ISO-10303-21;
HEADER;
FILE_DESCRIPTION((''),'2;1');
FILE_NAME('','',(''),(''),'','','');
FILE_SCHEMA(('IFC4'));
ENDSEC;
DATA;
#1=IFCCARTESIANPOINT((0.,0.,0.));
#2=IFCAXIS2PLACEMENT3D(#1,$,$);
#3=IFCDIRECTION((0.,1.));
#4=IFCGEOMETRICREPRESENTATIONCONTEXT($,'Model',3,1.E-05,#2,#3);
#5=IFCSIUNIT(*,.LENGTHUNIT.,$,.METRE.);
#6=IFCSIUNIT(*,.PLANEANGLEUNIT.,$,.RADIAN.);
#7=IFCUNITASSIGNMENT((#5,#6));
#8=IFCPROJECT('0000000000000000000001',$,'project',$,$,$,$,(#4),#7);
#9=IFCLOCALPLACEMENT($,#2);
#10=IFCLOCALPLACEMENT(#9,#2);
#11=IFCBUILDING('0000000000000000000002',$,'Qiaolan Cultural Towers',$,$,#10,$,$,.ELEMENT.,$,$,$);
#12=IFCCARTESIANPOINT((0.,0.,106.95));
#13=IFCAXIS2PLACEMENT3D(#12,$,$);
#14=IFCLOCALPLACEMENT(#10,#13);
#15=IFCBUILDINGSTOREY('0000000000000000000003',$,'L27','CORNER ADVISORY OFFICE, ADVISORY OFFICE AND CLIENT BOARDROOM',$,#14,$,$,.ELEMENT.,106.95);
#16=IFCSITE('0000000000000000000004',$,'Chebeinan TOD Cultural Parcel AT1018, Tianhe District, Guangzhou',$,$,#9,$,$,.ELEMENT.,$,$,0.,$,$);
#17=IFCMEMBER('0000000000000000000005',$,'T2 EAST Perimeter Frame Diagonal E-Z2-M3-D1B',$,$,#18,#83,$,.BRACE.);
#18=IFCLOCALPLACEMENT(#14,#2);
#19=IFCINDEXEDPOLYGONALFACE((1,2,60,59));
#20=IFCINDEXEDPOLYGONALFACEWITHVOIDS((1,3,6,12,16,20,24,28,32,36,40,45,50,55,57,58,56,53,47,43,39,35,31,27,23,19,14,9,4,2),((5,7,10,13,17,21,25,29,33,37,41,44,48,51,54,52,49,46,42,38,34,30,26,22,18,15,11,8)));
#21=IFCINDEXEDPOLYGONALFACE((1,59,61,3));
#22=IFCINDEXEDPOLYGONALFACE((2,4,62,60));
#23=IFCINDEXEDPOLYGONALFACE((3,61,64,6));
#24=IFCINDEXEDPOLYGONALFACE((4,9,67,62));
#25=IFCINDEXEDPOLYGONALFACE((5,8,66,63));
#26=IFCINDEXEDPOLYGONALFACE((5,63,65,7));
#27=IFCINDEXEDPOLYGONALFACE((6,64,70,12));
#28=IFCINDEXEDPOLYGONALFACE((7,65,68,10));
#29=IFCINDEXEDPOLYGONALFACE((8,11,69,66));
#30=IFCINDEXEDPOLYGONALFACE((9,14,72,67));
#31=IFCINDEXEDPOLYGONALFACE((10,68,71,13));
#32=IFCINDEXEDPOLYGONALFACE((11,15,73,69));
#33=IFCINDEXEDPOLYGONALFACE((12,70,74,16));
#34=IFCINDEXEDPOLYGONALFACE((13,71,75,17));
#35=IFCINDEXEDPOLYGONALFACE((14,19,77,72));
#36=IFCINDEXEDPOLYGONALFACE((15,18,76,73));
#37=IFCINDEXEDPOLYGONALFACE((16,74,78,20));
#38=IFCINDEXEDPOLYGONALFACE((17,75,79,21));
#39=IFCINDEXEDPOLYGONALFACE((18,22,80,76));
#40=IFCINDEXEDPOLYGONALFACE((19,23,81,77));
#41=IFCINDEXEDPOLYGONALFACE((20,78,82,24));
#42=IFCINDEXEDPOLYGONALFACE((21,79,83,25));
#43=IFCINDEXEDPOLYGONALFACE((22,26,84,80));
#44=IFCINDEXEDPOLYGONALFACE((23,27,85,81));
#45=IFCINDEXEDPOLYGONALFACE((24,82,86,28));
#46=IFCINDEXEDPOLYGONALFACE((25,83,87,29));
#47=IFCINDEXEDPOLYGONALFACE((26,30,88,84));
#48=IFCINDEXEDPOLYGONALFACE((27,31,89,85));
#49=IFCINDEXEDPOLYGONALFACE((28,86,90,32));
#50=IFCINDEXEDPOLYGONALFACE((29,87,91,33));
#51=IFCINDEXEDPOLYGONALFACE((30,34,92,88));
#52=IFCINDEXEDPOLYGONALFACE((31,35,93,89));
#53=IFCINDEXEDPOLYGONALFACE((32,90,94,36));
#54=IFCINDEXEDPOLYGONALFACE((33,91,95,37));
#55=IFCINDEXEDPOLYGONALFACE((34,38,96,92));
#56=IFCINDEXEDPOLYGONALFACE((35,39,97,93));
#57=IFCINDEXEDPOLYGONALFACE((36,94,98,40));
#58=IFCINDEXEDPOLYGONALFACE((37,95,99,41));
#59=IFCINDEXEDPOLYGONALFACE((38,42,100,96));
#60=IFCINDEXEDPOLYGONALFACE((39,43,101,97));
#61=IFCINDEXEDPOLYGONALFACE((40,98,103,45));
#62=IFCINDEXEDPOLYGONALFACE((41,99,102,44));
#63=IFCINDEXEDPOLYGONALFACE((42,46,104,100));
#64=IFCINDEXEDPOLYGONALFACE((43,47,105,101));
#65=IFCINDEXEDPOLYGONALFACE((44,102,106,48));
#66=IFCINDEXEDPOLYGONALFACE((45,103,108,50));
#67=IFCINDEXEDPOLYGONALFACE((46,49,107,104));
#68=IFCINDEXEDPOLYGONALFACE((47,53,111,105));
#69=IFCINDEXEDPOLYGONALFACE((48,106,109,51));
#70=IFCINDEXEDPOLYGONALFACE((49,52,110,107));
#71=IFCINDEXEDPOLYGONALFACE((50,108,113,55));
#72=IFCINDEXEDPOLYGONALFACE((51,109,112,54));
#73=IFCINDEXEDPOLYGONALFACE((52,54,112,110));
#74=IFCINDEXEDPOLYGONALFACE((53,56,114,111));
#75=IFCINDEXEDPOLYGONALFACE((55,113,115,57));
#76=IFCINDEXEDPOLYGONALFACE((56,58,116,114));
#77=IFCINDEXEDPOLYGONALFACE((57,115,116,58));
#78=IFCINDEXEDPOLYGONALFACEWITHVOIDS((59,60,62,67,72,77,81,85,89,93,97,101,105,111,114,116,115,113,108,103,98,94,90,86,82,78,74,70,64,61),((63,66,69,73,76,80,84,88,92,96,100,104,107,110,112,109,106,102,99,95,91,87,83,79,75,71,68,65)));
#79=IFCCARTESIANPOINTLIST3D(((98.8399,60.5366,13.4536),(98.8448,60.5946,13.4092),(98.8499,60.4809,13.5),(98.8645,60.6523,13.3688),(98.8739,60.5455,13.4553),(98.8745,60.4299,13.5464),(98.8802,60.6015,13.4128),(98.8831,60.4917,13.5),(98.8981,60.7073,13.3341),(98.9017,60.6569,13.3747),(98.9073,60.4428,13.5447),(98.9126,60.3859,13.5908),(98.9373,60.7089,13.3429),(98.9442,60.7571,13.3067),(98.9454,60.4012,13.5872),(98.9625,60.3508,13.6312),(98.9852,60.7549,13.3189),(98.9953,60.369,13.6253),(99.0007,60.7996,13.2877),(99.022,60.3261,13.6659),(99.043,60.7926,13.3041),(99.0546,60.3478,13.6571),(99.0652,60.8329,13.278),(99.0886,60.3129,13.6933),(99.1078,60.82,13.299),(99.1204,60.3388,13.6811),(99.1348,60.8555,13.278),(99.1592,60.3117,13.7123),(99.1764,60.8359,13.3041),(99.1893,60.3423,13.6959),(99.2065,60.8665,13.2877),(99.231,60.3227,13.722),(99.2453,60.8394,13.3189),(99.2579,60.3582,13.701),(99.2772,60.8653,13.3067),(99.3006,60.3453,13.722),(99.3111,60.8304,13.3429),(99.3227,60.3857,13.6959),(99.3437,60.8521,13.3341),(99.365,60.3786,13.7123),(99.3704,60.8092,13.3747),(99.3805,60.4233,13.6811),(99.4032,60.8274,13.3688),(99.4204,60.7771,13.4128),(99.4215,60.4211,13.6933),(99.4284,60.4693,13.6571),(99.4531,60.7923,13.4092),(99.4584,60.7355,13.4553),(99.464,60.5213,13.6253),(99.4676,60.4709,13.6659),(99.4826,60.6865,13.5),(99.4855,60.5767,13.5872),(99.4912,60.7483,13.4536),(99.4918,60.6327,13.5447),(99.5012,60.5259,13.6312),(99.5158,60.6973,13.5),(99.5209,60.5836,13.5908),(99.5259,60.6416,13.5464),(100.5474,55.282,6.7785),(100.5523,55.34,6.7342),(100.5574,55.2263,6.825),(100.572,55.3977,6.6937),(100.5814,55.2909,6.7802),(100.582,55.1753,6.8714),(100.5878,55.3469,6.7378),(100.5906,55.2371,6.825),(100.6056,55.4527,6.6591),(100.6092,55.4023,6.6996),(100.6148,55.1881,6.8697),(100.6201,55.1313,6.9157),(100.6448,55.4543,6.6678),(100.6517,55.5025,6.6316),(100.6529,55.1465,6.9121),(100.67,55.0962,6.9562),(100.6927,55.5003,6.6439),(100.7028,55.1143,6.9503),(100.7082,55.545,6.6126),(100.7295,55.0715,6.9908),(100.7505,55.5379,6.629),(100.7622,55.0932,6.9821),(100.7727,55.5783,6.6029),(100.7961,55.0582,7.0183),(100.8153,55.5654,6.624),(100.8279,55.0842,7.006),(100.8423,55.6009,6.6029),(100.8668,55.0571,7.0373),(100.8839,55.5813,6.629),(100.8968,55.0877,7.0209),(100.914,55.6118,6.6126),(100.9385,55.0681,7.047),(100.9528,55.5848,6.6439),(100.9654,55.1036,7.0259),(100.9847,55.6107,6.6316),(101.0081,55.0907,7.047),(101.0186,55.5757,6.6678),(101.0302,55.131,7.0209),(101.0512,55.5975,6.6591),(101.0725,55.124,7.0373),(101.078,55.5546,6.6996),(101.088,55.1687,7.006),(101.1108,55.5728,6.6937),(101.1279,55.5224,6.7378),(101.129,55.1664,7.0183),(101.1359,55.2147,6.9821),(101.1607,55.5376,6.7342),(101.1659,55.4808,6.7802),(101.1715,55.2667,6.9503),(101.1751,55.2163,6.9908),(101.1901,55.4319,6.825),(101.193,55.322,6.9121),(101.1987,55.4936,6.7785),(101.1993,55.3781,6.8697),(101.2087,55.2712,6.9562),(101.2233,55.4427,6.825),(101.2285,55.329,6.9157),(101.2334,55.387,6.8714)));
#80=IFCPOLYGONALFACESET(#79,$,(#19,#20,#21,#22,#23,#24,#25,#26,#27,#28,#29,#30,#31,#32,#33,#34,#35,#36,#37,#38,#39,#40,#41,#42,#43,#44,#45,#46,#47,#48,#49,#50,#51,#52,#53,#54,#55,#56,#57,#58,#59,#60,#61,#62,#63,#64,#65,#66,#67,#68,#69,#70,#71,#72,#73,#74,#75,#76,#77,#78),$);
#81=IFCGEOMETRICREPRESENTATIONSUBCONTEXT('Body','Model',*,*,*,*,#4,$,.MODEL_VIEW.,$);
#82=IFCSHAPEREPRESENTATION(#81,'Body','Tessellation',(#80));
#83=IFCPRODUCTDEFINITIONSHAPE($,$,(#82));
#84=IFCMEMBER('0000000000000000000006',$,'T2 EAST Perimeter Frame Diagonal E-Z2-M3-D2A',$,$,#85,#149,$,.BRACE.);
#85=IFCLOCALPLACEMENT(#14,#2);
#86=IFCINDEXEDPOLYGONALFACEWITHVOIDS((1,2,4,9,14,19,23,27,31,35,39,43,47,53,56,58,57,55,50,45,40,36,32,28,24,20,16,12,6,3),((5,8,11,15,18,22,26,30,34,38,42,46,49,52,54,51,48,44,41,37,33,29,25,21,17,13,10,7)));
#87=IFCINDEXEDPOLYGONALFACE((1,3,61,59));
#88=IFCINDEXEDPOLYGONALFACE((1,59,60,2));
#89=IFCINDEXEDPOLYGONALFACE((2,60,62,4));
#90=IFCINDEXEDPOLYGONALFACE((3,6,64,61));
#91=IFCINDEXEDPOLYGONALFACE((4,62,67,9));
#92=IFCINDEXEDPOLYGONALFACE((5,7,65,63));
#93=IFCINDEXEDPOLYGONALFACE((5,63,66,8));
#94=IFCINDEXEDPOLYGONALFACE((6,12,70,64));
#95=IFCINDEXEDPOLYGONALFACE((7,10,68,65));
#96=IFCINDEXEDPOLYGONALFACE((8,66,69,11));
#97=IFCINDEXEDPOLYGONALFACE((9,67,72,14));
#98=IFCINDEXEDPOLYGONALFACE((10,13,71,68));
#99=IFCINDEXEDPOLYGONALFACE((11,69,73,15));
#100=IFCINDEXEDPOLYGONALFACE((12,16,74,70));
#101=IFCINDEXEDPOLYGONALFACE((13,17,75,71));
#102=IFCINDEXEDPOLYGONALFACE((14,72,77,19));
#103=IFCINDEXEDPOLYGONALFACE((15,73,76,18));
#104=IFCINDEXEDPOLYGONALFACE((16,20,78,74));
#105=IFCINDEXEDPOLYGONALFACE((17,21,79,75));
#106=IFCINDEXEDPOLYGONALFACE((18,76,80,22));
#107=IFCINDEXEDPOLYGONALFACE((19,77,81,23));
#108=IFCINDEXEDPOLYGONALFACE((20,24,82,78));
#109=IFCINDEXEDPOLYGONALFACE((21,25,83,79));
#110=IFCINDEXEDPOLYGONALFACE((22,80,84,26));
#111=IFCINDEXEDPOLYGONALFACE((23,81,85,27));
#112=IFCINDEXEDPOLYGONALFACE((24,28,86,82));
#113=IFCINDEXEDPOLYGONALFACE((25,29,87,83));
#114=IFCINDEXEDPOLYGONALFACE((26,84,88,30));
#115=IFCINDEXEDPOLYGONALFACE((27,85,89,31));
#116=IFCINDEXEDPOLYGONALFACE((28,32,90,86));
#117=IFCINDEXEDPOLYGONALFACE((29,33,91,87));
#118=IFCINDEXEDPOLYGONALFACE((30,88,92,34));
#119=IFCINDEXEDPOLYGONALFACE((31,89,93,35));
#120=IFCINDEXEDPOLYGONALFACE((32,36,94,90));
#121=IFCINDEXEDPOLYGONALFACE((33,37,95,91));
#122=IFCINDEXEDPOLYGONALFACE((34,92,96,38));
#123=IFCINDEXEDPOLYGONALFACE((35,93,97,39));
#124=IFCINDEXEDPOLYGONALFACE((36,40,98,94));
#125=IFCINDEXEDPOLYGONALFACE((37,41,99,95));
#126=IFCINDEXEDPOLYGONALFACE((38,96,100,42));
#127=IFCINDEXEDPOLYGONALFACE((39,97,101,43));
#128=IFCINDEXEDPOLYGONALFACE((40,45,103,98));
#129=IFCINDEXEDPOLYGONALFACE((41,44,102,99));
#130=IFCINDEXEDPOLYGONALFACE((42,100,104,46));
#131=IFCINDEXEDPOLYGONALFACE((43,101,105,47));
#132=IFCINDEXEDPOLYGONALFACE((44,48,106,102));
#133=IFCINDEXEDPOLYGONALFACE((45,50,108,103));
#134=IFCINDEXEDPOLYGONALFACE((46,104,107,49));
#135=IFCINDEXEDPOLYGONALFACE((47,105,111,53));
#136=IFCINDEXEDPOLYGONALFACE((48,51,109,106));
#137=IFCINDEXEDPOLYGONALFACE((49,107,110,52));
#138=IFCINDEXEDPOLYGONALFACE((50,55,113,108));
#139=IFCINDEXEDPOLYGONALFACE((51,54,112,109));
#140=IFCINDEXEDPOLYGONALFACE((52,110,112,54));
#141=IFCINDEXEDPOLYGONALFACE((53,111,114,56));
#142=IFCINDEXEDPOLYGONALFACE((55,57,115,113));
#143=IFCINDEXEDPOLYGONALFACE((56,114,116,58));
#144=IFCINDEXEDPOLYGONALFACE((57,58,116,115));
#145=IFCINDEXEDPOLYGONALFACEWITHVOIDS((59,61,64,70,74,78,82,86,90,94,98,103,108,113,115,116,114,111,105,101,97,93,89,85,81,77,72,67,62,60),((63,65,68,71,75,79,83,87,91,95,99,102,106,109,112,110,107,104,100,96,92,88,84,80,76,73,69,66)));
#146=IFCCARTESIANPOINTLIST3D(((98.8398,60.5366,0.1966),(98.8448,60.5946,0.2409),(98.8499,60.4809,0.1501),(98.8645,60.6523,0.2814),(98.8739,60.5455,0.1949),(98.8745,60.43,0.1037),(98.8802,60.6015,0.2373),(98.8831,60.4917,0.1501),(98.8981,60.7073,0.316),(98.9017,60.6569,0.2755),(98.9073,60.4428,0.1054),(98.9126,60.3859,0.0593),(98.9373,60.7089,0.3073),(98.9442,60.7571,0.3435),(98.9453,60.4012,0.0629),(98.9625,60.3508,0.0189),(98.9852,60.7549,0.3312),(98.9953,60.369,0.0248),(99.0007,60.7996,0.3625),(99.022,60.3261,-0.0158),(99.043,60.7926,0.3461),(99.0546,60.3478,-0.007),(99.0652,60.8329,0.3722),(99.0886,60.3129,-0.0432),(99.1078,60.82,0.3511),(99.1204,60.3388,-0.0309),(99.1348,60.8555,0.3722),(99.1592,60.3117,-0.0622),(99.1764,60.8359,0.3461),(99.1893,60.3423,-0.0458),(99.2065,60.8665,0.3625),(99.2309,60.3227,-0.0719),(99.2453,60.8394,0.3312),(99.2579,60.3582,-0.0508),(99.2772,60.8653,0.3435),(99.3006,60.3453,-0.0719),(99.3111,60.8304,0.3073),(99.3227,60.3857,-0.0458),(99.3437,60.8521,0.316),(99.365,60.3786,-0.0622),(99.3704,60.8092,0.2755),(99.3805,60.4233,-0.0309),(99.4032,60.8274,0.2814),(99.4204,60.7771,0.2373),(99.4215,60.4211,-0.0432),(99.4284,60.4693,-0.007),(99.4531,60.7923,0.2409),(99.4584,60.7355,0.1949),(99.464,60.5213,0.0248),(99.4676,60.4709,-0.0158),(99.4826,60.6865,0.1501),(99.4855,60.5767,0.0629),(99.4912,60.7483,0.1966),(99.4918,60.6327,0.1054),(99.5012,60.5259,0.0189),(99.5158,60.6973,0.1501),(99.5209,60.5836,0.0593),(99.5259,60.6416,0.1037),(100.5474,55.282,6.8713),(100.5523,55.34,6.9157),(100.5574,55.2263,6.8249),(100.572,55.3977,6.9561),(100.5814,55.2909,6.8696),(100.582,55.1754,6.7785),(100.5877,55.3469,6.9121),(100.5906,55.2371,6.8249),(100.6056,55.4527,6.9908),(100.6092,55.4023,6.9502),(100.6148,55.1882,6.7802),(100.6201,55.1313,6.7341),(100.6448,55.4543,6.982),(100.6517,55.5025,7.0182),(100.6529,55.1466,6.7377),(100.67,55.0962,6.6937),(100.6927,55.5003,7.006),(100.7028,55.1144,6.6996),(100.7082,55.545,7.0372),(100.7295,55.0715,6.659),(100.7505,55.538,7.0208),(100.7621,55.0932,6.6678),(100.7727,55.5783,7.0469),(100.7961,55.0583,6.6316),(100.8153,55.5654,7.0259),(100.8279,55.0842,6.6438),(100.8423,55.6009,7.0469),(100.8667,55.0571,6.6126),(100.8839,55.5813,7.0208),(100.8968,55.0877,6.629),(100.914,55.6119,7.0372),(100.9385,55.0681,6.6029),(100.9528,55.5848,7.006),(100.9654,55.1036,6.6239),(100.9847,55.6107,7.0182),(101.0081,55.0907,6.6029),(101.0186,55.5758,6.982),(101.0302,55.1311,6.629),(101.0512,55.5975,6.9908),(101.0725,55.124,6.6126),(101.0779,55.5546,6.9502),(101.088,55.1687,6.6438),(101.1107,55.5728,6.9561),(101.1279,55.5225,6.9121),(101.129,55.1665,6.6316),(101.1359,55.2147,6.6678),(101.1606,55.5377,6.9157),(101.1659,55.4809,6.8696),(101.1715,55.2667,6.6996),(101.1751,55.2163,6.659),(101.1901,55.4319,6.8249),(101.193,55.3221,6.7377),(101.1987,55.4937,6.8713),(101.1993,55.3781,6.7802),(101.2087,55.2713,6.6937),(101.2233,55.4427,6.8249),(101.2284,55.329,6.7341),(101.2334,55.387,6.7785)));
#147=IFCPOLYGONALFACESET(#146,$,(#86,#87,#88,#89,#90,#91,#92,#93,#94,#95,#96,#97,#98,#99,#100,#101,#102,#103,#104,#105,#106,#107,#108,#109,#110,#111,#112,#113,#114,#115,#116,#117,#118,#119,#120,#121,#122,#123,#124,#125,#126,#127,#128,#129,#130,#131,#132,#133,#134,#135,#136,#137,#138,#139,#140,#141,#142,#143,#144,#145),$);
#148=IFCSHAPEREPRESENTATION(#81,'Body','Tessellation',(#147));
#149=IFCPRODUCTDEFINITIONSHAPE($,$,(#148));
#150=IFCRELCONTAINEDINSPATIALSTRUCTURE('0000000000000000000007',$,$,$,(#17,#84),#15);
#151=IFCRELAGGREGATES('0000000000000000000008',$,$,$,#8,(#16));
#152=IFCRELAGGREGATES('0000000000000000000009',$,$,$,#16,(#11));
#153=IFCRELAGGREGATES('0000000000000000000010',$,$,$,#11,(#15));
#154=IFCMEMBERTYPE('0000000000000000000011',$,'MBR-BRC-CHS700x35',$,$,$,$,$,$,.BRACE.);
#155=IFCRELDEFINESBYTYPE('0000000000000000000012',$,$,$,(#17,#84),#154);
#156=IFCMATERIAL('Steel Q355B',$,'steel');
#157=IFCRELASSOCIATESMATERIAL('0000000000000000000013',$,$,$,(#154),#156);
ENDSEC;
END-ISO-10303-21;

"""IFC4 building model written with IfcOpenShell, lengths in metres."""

from ifc_helpers import new_model, si_unit, direction, frame, origin, origin_2d, place, context, subcontext, project, spatial, hollow_circle, extrude, material, material_profile, profile_set, type_object, element, save


model = new_model("IFC4")

# Units and contexts
model_context = context("Model", 3, precision=1e-05, world=origin(), true_north=direction((0.0, 1.0)))
body_context = subcontext(model_context, "Body", "Model", "MODEL_VIEW")
ifc_project = project(units=[si_unit("LENGTHUNIT", "METRE"), si_unit("PLANEANGLEUNIT", "RADIAN")], contexts=[model_context])

# Site, building, storey
site_placement = place(None, origin())
site = spatial("IfcSite", under=ifc_project, at=site_placement, Name="Chebeinan TOD Cultural Parcel AT1018, Tianhe District, Guangzhou", CompositionType="ELEMENT", RefElevation=0.0)
building_placement = place(site_placement, origin())
building = spatial("IfcBuilding", under=site, at=building_placement, Name="Qiaolan Cultural Towers", CompositionType="ELEMENT")
storey_placement = place(building_placement, frame((0.0, 0.0, 106.95)))
storey = spatial("IfcBuildingStorey", under=building, at=storey_placement, Name="L27", Description="CORNER ADVISORY OFFICE, ADVISORY OFFICE AND CLIENT BOARDROOM", CompositionType="ELEMENT", Elevation=106.95)

# Members
ifc_material_1 = material(Name="Steel Q355B", Category="steel")
ifc_material_profile_1 = material_profile(ifc_material_1, hollow_circle(Radius=0.3501, WallThickness=0.0349, at=origin_2d()), Name="CHS700x35")
ifc_profile_set_1 = profile_set([ifc_material_profile_1], Name="Steel Q355B")
member_type = type_object("IfcMemberType", Name="MBR-BRC-CHS700x35", PredefinedType="BRACE", material=ifc_profile_set_1)
member_1_placement = place(storey_placement, frame((100.8904, 55.3345, 6.825), z_axis=(-0.197058, 0.606417, 0.770341), x_axis=(-0.951047, -0.309047, 0.0)))
element("IfcMember", 1, at=member_1_placement, inside=storey, type_object=member_type, Name="T2 EAST Perimeter Frame Diagonal E-Z2-M3-D1B", PredefinedType="BRACE", context=body_context, shape_type="SweptSolid", body=[
    extrude(hollow_circle(Radius=0.3501, WallThickness=0.0349, at=origin_2d()), origin(), (0.0, 0.0, 1.0), 8.665),
])
member_2_placement = place(storey_placement, frame((99.1829, 60.5891, 0.1501), z_axis=(0.197062, -0.606431, 0.77033), x_axis=(0.951047, 0.309047, 0.0)))
element("IfcMember", 2, at=member_2_placement, inside=storey, type_object=member_type, Name="T2 EAST Perimeter Frame Diagonal E-Z2-M3-D2A", PredefinedType="BRACE", context=body_context, shape_type="SweptSolid", body=[
    extrude(hollow_circle(Radius=0.3501, WallThickness=0.0349, at=origin_2d()), origin(), (0.0, 0.0, 1.0), 8.6648),
])

save(model, "model.ifc")
